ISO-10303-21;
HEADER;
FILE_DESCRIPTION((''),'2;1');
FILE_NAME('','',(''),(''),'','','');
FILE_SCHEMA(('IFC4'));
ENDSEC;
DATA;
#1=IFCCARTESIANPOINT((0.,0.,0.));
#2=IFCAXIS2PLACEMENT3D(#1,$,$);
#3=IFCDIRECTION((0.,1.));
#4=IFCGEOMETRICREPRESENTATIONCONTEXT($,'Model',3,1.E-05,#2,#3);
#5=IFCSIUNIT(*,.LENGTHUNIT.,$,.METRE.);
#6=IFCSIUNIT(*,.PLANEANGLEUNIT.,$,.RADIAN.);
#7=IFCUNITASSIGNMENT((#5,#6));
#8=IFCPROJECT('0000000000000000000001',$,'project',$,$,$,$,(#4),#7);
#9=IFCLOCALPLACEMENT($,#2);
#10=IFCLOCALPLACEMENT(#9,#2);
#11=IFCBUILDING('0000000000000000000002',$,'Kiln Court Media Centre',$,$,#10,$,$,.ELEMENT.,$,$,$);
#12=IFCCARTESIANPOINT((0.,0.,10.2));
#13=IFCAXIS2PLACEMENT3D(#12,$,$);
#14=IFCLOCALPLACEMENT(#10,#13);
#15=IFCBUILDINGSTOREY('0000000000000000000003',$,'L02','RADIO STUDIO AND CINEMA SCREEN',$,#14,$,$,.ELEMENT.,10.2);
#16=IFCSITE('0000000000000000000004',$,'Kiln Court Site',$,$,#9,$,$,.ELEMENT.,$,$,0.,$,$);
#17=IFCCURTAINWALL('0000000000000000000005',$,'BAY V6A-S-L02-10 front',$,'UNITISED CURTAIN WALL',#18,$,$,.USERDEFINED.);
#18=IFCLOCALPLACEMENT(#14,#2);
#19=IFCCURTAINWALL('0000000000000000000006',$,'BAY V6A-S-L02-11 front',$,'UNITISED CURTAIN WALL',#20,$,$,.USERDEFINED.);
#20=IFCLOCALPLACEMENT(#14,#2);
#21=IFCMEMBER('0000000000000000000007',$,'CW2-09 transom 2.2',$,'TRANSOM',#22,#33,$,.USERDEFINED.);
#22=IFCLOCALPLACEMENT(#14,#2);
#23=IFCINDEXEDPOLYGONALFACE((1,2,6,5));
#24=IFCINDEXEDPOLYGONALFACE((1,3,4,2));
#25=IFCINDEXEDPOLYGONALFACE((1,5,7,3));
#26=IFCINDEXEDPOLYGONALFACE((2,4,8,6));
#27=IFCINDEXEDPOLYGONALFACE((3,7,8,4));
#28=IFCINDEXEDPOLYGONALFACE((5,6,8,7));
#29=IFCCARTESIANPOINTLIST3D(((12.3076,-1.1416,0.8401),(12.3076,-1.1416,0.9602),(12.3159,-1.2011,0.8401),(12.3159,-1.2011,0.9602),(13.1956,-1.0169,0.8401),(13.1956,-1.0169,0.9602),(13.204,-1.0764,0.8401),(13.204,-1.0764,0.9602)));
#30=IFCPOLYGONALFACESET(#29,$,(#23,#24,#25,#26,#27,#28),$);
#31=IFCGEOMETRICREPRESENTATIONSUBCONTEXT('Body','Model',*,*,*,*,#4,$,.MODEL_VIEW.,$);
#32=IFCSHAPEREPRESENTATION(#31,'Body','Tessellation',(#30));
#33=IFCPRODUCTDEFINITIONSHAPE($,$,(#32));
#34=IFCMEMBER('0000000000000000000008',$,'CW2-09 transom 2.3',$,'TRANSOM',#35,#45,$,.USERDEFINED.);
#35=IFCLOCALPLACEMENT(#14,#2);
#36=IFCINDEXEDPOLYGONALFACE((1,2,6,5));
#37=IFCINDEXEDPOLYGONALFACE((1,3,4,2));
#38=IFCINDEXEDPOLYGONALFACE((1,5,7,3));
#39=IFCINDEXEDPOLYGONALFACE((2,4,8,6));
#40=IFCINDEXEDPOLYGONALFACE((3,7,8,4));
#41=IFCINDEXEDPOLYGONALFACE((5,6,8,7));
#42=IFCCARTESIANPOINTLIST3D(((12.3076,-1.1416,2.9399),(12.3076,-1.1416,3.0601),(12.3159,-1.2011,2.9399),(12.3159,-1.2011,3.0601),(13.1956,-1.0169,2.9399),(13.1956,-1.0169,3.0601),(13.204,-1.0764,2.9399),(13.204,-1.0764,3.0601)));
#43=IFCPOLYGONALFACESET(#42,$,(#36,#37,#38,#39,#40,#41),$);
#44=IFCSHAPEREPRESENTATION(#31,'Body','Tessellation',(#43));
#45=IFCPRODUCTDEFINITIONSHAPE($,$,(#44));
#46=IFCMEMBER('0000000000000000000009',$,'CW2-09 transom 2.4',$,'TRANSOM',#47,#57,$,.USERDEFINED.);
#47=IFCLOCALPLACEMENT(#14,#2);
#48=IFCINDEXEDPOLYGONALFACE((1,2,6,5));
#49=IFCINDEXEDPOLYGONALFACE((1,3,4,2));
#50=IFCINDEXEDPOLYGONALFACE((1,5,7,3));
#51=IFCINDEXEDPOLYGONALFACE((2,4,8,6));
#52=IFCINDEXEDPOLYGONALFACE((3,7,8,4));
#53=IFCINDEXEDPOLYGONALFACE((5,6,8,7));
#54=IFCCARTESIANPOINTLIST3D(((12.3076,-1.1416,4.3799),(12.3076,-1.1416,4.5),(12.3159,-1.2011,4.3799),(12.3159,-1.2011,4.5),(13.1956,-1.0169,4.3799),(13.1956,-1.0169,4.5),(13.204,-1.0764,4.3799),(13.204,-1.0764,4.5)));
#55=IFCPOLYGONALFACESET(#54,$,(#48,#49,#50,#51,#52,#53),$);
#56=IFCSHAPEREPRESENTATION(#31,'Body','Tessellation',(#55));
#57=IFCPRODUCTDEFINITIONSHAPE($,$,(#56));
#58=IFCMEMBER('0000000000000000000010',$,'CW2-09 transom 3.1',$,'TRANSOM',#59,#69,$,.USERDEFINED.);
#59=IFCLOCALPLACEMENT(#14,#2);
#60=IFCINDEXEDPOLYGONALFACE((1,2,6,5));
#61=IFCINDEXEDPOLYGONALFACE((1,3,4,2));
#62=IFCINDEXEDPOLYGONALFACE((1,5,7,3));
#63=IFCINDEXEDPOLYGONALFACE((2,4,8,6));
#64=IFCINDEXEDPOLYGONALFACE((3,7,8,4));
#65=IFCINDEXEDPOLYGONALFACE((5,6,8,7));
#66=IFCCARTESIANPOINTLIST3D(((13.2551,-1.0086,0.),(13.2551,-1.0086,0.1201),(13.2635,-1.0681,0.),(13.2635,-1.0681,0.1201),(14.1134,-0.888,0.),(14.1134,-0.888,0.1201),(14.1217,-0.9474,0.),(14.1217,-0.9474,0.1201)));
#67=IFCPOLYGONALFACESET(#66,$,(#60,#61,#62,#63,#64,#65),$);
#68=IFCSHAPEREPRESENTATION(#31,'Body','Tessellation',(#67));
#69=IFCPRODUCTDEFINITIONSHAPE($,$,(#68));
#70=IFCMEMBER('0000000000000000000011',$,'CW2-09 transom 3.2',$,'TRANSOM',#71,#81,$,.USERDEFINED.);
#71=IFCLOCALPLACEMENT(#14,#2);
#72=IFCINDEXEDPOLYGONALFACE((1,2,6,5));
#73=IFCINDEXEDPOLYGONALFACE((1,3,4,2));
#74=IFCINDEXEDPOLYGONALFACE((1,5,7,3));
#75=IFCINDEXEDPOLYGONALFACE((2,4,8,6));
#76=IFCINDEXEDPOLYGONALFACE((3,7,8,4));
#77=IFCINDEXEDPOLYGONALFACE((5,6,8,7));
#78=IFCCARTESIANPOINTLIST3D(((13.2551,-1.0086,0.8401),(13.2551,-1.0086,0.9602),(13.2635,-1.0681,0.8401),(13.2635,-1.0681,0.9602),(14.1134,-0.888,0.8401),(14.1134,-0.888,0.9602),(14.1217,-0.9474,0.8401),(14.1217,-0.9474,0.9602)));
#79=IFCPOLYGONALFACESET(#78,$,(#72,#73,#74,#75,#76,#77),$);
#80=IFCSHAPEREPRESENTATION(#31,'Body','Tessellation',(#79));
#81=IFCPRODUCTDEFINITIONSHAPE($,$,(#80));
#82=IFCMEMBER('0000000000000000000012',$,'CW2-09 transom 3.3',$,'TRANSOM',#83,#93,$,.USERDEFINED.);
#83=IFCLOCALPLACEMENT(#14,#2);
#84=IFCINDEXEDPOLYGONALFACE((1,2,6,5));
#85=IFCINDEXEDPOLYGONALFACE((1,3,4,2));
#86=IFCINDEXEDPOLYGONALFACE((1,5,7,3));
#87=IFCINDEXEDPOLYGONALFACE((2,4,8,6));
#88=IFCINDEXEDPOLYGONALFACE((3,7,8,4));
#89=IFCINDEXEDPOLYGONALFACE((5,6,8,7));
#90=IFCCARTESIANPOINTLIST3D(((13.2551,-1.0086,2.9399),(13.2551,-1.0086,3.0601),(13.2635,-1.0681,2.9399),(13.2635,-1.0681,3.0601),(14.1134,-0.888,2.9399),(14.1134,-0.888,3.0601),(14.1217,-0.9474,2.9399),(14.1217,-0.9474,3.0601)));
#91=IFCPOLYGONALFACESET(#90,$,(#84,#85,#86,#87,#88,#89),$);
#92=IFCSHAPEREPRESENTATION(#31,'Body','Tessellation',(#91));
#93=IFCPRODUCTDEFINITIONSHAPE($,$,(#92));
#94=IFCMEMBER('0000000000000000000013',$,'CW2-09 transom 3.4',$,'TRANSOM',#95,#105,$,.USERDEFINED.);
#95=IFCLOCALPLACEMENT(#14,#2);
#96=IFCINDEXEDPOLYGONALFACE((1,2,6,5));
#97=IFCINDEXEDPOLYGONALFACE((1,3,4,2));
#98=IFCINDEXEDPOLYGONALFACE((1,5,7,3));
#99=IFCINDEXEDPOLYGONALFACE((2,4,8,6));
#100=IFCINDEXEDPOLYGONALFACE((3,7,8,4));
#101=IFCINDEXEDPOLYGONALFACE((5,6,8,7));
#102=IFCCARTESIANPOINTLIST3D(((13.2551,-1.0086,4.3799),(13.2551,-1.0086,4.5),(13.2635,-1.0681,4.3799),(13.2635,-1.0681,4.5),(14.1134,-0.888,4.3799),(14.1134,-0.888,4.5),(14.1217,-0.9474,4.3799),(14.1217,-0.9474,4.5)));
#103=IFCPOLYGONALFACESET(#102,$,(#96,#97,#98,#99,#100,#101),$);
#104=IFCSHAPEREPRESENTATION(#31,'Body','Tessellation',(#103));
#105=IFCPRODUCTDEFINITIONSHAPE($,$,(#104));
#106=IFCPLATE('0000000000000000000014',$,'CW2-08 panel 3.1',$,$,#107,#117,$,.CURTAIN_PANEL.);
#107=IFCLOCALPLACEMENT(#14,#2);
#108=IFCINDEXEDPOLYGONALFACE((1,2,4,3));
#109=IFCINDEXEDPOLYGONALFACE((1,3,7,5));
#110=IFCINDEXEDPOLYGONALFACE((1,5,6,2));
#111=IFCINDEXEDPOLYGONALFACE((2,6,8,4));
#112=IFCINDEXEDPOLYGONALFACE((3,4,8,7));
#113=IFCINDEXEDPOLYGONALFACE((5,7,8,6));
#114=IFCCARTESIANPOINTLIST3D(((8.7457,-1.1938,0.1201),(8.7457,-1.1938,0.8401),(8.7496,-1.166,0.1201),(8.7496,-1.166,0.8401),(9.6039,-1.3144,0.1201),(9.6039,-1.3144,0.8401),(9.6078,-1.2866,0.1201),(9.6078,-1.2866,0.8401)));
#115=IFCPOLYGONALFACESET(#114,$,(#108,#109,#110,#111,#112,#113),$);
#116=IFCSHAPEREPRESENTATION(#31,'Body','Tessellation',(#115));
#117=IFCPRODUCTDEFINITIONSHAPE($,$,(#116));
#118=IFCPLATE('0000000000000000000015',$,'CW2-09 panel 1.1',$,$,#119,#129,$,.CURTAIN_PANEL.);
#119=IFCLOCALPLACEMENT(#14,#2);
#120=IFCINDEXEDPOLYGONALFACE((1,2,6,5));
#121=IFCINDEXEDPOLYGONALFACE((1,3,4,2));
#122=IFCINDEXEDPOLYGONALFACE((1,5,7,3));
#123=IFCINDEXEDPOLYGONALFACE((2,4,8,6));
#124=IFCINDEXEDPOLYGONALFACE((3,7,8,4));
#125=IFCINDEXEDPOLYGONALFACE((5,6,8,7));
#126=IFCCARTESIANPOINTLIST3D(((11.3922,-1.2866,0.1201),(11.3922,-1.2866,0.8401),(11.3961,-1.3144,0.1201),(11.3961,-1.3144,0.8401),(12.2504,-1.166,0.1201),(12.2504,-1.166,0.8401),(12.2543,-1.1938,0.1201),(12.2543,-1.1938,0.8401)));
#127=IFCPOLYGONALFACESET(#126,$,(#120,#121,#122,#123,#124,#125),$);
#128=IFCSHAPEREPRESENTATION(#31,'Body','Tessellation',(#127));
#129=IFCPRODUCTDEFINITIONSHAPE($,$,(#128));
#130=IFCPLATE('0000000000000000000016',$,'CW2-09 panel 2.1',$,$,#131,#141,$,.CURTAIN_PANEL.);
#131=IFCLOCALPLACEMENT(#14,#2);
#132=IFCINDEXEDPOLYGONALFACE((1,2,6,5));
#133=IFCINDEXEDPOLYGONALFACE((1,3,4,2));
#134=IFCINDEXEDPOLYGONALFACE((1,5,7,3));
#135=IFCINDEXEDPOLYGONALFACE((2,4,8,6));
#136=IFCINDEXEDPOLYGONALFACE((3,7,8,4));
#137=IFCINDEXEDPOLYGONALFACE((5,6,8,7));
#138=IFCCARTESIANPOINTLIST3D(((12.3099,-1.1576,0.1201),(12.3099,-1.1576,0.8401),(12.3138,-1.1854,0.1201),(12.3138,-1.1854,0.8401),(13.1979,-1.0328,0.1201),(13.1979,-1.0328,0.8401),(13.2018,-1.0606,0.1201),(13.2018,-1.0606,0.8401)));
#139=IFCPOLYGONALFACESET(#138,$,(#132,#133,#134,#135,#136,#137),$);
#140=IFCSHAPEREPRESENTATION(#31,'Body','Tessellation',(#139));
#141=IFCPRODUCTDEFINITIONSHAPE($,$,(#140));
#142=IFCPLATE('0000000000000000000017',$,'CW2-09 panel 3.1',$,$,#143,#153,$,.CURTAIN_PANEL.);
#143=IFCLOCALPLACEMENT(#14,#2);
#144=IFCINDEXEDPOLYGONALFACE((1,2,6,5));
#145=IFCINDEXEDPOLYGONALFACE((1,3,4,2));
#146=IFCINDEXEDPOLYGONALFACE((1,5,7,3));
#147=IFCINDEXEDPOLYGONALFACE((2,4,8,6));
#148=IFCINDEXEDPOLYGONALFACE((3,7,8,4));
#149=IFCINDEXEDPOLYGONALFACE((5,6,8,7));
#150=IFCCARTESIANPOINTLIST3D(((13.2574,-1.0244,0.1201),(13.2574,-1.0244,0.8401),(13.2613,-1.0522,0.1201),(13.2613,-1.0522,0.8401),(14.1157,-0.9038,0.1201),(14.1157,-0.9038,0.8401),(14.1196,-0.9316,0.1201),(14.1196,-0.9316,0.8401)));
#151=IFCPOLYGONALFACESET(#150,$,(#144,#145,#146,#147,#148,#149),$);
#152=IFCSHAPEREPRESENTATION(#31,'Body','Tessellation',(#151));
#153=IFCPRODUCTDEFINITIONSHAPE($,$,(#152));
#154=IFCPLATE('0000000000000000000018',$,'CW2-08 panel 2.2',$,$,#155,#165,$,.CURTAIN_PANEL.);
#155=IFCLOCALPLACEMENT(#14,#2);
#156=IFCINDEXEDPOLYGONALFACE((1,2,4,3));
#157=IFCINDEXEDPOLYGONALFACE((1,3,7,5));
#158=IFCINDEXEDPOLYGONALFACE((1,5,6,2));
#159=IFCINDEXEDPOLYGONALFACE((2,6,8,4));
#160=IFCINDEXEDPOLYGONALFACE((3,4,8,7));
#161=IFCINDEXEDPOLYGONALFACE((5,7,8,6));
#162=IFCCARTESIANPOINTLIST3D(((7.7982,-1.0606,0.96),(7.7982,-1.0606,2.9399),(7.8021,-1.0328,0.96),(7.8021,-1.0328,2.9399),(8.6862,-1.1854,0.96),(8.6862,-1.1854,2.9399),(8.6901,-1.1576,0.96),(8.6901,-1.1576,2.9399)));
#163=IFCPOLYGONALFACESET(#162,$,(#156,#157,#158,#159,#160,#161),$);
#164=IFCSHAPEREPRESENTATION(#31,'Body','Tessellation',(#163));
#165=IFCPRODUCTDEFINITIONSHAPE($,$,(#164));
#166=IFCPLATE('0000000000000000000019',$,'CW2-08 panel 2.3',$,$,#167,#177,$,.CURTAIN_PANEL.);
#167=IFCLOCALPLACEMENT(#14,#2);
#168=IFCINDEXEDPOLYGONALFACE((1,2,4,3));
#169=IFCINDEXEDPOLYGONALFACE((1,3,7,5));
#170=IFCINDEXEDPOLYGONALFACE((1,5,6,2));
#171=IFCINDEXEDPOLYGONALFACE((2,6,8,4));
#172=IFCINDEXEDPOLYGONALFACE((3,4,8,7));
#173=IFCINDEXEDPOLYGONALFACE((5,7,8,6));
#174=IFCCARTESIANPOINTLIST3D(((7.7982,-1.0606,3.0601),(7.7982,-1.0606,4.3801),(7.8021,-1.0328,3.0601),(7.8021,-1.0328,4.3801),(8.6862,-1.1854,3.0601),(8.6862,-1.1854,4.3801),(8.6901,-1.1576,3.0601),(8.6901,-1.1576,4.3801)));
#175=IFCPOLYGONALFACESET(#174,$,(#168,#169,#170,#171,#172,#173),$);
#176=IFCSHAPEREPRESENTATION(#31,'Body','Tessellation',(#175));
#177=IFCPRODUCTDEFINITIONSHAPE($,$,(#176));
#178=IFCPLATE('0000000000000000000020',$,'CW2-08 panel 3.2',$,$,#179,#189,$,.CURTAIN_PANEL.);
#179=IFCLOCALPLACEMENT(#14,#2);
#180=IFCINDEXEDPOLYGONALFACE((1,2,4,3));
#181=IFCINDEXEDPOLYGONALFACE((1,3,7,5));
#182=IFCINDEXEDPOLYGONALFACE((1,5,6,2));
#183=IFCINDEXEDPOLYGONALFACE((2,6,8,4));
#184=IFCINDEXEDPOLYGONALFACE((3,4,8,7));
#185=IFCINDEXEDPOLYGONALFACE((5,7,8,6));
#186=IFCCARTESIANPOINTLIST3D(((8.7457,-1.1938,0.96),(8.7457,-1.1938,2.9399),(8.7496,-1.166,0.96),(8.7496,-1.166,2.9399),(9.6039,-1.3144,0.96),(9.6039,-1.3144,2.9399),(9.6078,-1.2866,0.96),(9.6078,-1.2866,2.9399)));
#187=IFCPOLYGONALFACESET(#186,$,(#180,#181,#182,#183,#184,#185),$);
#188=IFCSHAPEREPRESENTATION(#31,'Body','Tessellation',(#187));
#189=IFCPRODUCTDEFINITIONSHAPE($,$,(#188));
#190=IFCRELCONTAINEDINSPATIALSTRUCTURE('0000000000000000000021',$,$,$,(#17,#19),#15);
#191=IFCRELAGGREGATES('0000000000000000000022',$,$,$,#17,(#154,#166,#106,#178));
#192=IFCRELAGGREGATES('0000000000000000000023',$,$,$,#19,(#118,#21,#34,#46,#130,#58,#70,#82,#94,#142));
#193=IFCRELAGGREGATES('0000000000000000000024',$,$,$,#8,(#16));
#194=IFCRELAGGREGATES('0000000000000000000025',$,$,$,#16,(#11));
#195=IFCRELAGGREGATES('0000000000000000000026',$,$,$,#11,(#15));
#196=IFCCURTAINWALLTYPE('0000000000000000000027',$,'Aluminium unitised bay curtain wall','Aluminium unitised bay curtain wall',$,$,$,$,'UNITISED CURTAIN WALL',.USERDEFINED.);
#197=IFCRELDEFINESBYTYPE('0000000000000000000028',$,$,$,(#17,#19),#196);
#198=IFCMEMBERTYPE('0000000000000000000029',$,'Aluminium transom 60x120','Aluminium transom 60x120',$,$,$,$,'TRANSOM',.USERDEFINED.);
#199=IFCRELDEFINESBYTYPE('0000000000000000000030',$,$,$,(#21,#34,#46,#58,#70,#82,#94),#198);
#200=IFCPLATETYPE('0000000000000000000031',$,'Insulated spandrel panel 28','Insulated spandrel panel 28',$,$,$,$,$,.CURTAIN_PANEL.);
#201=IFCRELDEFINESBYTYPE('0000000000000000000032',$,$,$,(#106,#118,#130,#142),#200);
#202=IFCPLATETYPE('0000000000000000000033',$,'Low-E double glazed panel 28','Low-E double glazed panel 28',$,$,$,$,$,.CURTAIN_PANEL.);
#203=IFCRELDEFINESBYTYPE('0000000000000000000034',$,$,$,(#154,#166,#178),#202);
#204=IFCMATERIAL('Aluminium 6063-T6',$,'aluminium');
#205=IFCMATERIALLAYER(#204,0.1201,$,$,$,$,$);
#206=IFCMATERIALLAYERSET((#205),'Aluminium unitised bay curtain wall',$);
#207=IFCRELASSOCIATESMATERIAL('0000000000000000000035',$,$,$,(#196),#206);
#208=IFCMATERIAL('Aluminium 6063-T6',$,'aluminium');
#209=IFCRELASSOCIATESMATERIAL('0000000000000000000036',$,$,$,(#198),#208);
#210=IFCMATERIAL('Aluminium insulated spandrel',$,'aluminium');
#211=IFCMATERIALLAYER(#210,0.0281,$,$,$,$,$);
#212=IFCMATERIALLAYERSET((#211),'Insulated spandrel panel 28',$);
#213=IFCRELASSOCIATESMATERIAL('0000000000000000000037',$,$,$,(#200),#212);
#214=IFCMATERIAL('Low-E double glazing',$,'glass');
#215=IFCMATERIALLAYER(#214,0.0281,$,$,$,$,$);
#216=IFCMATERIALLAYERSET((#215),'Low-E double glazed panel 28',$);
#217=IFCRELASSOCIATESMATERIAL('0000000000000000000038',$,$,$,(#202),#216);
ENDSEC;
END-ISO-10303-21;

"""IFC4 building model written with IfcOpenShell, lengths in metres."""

from ifc_helpers import new_model, si_unit, direction, frame, origin, origin_2d, place, context, subcontext, project, spatial, rectangle, extrude, material, layer, layer_set, material_profile, profile_set, type_object, element, aggregate, save


model = new_model("IFC4")

# Units and contexts
model_context = context("Model", 3, precision=1e-05, world=origin(), true_north=direction((0.0, 1.0)))
body_context = subcontext(model_context, "Body", "Model", "MODEL_VIEW")
ifc_project = project(units=[si_unit("LENGTHUNIT", "METRE"), si_unit("PLANEANGLEUNIT", "RADIAN")], contexts=[model_context])

# Site, building, storey
site_placement = place(None, origin())
site = spatial("IfcSite", under=ifc_project, at=site_placement, Name="Kiln Court Site", CompositionType="ELEMENT", RefElevation=0.0)
building_placement = place(site_placement, origin())
building = spatial("IfcBuilding", under=site, at=building_placement, Name="Kiln Court Media Centre", CompositionType="ELEMENT")
storey_placement = place(building_placement, frame((0.0, 0.0, 10.2)))
storey = spatial("IfcBuildingStorey", under=building, at=storey_placement, Name="L02", Description="RADIO STUDIO AND CINEMA SCREEN", CompositionType="ELEMENT", Elevation=10.2)

# Curtain walls
ifc_material_1 = material(Name="Aluminium 6063-T6", Category="aluminium")
ifc_layer_1 = layer(ifc_material_1, 0.1201)
ifc_layer_set_1 = layer_set([ifc_layer_1], Name="Aluminium unitised bay curtain wall")
curtain_wall_type = type_object("IfcCurtainWallType", Name="Aluminium unitised bay curtain wall", Description="Aluminium unitised bay curtain wall", ElementType="UNITISED CURTAIN WALL", PredefinedType="USERDEFINED", material=ifc_layer_set_1)
curtain_wall_1_placement = place(storey_placement, origin())
curtain_wall_1 = element("IfcCurtainWall", 1, at=curtain_wall_1_placement, inside=storey, type_object=curtain_wall_type, Name="BAY V6A-S-L02-10 front", ObjectType="UNITISED CURTAIN WALL", PredefinedType="USERDEFINED")
curtain_wall_2_placement = place(storey_placement, origin())
curtain_wall_2 = element("IfcCurtainWall", 2, at=curtain_wall_2_placement, inside=storey, type_object=curtain_wall_type, Name="BAY V6A-S-L02-11 front", ObjectType="UNITISED CURTAIN WALL", PredefinedType="USERDEFINED")

# Members
ifc_material_2 = material(Name="Aluminium 6063-T6", Category="aluminium")
ifc_material_profile_1 = material_profile(ifc_material_2, rectangle(XDim=0.0601, YDim=0.1201, at=origin_2d()), Name="Aluminium transom 60x120")
ifc_profile_set_1 = profile_set([ifc_material_profile_1], Name="Aluminium 6063-T6")
member_type_1 = type_object("IfcMemberType", Name="Aluminium transom 60x120", Description="Aluminium transom 60x120", ElementType="TRANSOM", PredefinedType="USERDEFINED", material=ifc_profile_set_1)
member_1_placement = place(storey_placement, frame((12.3118, -1.1714, 0.9001), z_axis=(0.990274, 0.139134, 0.0), x_axis=(-0.139134, 0.990274, 0.0)))
member_1 = element("IfcMember", 3, at=member_1_placement, type_object=member_type_1, Name="CW2-09 transom 2.2", ObjectType="TRANSOM", PredefinedType="USERDEFINED", context=body_context, shape_type="SweptSolid", body=[
    extrude(rectangle(XDim=0.0601, YDim=0.1201, at=origin_2d()), origin(), (0.0, 0.0, 1.0), 0.8967),
])
member_2_placement = place(storey_placement, frame((12.3118, -1.1714, 3.0), z_axis=(0.990274, 0.139134, 0.0), x_axis=(-0.139134, 0.990274, 0.0)))
member_2 = element("IfcMember", 4, at=member_2_placement, type_object=member_type_1, Name="CW2-09 transom 2.3", ObjectType="TRANSOM", PredefinedType="USERDEFINED", context=body_context, shape_type="SweptSolid", body=[
    extrude(rectangle(XDim=0.0601, YDim=0.1201, at=origin_2d()), origin(), (0.0, 0.0, 1.0), 0.8967),
])
member_3_placement = place(storey_placement, frame((12.3118, -1.1714, 4.4399), z_axis=(0.990274, 0.139134, 0.0), x_axis=(-0.139134, 0.990274, 0.0)))
member_3 = element("IfcMember", 5, at=member_3_placement, type_object=member_type_1, Name="CW2-09 transom 2.4", ObjectType="TRANSOM", PredefinedType="USERDEFINED", context=body_context, shape_type="SweptSolid", body=[
    extrude(rectangle(XDim=0.0601, YDim=0.1201, at=origin_2d()), origin(), (0.0, 0.0, 1.0), 0.8967),
])
member_4_placement = place(storey_placement, frame((13.2593, -1.0383, 0.0601), z_axis=(0.990268, 0.139173, 0.0), x_axis=(-0.139173, 0.990268, 0.0)))
member_4 = element("IfcMember", 6, at=member_4_placement, type_object=member_type_1, Name="CW2-09 transom 3.1", ObjectType="TRANSOM", PredefinedType="USERDEFINED", context=body_context, shape_type="SweptSolid", body=[
    extrude(rectangle(XDim=0.0601, YDim=0.1201, at=origin_2d()), origin(), (0.0, 0.0, 1.0), 0.8667),
])
member_5_placement = place(storey_placement, frame((13.2593, -1.0383, 0.9001), z_axis=(0.990268, 0.139173, 0.0), x_axis=(-0.139173, 0.990268, 0.0)))
member_5 = element("IfcMember", 7, at=member_5_placement, type_object=member_type_1, Name="CW2-09 transom 3.2", ObjectType="TRANSOM", PredefinedType="USERDEFINED", context=body_context, shape_type="SweptSolid", body=[
    extrude(rectangle(XDim=0.0601, YDim=0.1201, at=origin_2d()), origin(), (0.0, 0.0, 1.0), 0.8667),
])
member_6_placement = place(storey_placement, frame((13.2593, -1.0383, 3.0), z_axis=(0.990268, 0.139173, 0.0), x_axis=(-0.139173, 0.990268, 0.0)))
member_6 = element("IfcMember", 8, at=member_6_placement, type_object=member_type_1, Name="CW2-09 transom 3.3", ObjectType="TRANSOM", PredefinedType="USERDEFINED", context=body_context, shape_type="SweptSolid", body=[
    extrude(rectangle(XDim=0.0601, YDim=0.1201, at=origin_2d()), origin(), (0.0, 0.0, 1.0), 0.8667),
])
member_7_placement = place(storey_placement, frame((13.2593, -1.0383, 4.4399), z_axis=(0.990268, 0.139173, 0.0), x_axis=(-0.139173, 0.990268, 0.0)))
member_7 = element("IfcMember", 9, at=member_7_placement, type_object=member_type_1, Name="CW2-09 transom 3.4", ObjectType="TRANSOM", PredefinedType="USERDEFINED", context=body_context, shape_type="SweptSolid", body=[
    extrude(rectangle(XDim=0.0601, YDim=0.1201, at=origin_2d()), origin(), (0.0, 0.0, 1.0), 0.8667),
])

# Plates
ifc_material_3 = material(Name="Aluminium insulated spandrel", Category="aluminium")
ifc_layer_2 = layer(ifc_material_3, 0.0281)
ifc_layer_set_2 = layer_set([ifc_layer_2], Name="Insulated spandrel panel 28")
plate_type_1 = type_object("IfcPlateType", Name="Insulated spandrel panel 28", Description="Insulated spandrel panel 28", PredefinedType="CURTAIN_PANEL", material=ifc_layer_set_2)
plate_1_placement = place(storey_placement, frame((9.1768, -1.2402, 0.1201), z_axis=(0.0, 0.0, 1.0), x_axis=(0.99027, -0.139162, 0.0)))
plate_1 = element("IfcPlate", 10, at=plate_1_placement, type_object=plate_type_1, Name="CW2-08 panel 3.1", PredefinedType="CURTAIN_PANEL", context=body_context, shape_type="SweptSolid", body=[
    extrude(rectangle(XDim=0.8667, YDim=0.0281, at=origin_2d()), origin(), (0.0, 0.0, 1.0), 0.72),
])
plate_2_placement = place(storey_placement, frame((11.8232, -1.2402, 0.1201), z_axis=(0.0, 0.0, 1.0), x_axis=(0.99027, 0.139162, 0.0)))
plate_2 = element("IfcPlate", 11, at=plate_2_placement, type_object=plate_type_1, Name="CW2-09 panel 1.1", PredefinedType="CURTAIN_PANEL", context=body_context, shape_type="SweptSolid", body=[
    extrude(rectangle(XDim=0.8667, YDim=0.0281, at=origin_2d()), origin(), (0.0, 0.0, 1.0), 0.72),
])
plate_3_placement = place(storey_placement, frame((12.7559, -1.1091, 0.1201), z_axis=(0.0, 0.0, 1.0), x_axis=(0.99027, 0.139162, 0.0)))
plate_3 = element("IfcPlate", 12, at=plate_3_placement, type_object=plate_type_1, Name="CW2-09 panel 2.1", PredefinedType="CURTAIN_PANEL", context=body_context, shape_type="SweptSolid", body=[
    extrude(rectangle(XDim=0.8967, YDim=0.0281, at=origin_2d()), origin(), (0.0, 0.0, 1.0), 0.72),
])
plate_4_placement = place(storey_placement, frame((13.6885, -0.978, 0.1201), z_axis=(0.0, 0.0, 1.0), x_axis=(0.99027, 0.139162, 0.0)))
plate_4 = element("IfcPlate", 13, at=plate_4_placement, type_object=plate_type_1, Name="CW2-09 panel 3.1", PredefinedType="CURTAIN_PANEL", context=body_context, shape_type="SweptSolid", body=[
    extrude(rectangle(XDim=0.8667, YDim=0.0281, at=origin_2d()), origin(), (0.0, 0.0, 1.0), 0.72),
])
ifc_material_4 = material(Name="Low-E double glazing", Category="glass")
ifc_layer_3 = layer(ifc_material_4, 0.0281)
ifc_layer_set_3 = layer_set([ifc_layer_3], Name="Low-E double glazed panel 28")
plate_type_2 = type_object("IfcPlateType", Name="Low-E double glazed panel 28", Description="Low-E double glazed panel 28", PredefinedType="CURTAIN_PANEL", material=ifc_layer_set_3)
plate_5_placement = place(storey_placement, frame((8.2441, -1.1091, 0.96), z_axis=(0.0, 0.0, 1.0), x_axis=(0.99027, -0.139162, 0.0)))
plate_5 = element("IfcPlate", 14, at=plate_5_placement, type_object=plate_type_2, Name="CW2-08 panel 2.2", PredefinedType="CURTAIN_PANEL", context=body_context, shape_type="SweptSolid", body=[
    extrude(rectangle(XDim=0.8967, YDim=0.0281, at=origin_2d()), origin(), (0.0, 0.0, 1.0), 1.98),
])
plate_6_placement = place(storey_placement, frame((8.2441, -1.1091, 3.0601), z_axis=(0.0, 0.0, 1.0), x_axis=(0.99027, -0.139162, 0.0)))
plate_6 = element("IfcPlate", 15, at=plate_6_placement, type_object=plate_type_2, Name="CW2-08 panel 2.3", PredefinedType="CURTAIN_PANEL", context=body_context, shape_type="SweptSolid", body=[
    extrude(rectangle(XDim=0.8967, YDim=0.0281, at=origin_2d()), origin(), (0.0, 0.0, 1.0), 1.3201),
])
plate_7_placement = place(storey_placement, frame((9.1768, -1.2402, 0.96), z_axis=(0.0, 0.0, 1.0), x_axis=(0.99027, -0.139162, 0.0)))
plate_7 = element("IfcPlate", 16, at=plate_7_placement, type_object=plate_type_2, Name="CW2-08 panel 3.2", PredefinedType="CURTAIN_PANEL", context=body_context, shape_type="SweptSolid", body=[
    extrude(rectangle(XDim=0.8667, YDim=0.0281, at=origin_2d()), origin(), (0.0, 0.0, 1.0), 1.98),
])
aggregate(curtain_wall_1, [plate_5, plate_6, plate_1, plate_7])
aggregate(curtain_wall_2, [plate_2, member_1, member_2, member_3, plate_3, member_4, member_5, member_6, member_7, plate_4])

save(model, "model.ifc")
